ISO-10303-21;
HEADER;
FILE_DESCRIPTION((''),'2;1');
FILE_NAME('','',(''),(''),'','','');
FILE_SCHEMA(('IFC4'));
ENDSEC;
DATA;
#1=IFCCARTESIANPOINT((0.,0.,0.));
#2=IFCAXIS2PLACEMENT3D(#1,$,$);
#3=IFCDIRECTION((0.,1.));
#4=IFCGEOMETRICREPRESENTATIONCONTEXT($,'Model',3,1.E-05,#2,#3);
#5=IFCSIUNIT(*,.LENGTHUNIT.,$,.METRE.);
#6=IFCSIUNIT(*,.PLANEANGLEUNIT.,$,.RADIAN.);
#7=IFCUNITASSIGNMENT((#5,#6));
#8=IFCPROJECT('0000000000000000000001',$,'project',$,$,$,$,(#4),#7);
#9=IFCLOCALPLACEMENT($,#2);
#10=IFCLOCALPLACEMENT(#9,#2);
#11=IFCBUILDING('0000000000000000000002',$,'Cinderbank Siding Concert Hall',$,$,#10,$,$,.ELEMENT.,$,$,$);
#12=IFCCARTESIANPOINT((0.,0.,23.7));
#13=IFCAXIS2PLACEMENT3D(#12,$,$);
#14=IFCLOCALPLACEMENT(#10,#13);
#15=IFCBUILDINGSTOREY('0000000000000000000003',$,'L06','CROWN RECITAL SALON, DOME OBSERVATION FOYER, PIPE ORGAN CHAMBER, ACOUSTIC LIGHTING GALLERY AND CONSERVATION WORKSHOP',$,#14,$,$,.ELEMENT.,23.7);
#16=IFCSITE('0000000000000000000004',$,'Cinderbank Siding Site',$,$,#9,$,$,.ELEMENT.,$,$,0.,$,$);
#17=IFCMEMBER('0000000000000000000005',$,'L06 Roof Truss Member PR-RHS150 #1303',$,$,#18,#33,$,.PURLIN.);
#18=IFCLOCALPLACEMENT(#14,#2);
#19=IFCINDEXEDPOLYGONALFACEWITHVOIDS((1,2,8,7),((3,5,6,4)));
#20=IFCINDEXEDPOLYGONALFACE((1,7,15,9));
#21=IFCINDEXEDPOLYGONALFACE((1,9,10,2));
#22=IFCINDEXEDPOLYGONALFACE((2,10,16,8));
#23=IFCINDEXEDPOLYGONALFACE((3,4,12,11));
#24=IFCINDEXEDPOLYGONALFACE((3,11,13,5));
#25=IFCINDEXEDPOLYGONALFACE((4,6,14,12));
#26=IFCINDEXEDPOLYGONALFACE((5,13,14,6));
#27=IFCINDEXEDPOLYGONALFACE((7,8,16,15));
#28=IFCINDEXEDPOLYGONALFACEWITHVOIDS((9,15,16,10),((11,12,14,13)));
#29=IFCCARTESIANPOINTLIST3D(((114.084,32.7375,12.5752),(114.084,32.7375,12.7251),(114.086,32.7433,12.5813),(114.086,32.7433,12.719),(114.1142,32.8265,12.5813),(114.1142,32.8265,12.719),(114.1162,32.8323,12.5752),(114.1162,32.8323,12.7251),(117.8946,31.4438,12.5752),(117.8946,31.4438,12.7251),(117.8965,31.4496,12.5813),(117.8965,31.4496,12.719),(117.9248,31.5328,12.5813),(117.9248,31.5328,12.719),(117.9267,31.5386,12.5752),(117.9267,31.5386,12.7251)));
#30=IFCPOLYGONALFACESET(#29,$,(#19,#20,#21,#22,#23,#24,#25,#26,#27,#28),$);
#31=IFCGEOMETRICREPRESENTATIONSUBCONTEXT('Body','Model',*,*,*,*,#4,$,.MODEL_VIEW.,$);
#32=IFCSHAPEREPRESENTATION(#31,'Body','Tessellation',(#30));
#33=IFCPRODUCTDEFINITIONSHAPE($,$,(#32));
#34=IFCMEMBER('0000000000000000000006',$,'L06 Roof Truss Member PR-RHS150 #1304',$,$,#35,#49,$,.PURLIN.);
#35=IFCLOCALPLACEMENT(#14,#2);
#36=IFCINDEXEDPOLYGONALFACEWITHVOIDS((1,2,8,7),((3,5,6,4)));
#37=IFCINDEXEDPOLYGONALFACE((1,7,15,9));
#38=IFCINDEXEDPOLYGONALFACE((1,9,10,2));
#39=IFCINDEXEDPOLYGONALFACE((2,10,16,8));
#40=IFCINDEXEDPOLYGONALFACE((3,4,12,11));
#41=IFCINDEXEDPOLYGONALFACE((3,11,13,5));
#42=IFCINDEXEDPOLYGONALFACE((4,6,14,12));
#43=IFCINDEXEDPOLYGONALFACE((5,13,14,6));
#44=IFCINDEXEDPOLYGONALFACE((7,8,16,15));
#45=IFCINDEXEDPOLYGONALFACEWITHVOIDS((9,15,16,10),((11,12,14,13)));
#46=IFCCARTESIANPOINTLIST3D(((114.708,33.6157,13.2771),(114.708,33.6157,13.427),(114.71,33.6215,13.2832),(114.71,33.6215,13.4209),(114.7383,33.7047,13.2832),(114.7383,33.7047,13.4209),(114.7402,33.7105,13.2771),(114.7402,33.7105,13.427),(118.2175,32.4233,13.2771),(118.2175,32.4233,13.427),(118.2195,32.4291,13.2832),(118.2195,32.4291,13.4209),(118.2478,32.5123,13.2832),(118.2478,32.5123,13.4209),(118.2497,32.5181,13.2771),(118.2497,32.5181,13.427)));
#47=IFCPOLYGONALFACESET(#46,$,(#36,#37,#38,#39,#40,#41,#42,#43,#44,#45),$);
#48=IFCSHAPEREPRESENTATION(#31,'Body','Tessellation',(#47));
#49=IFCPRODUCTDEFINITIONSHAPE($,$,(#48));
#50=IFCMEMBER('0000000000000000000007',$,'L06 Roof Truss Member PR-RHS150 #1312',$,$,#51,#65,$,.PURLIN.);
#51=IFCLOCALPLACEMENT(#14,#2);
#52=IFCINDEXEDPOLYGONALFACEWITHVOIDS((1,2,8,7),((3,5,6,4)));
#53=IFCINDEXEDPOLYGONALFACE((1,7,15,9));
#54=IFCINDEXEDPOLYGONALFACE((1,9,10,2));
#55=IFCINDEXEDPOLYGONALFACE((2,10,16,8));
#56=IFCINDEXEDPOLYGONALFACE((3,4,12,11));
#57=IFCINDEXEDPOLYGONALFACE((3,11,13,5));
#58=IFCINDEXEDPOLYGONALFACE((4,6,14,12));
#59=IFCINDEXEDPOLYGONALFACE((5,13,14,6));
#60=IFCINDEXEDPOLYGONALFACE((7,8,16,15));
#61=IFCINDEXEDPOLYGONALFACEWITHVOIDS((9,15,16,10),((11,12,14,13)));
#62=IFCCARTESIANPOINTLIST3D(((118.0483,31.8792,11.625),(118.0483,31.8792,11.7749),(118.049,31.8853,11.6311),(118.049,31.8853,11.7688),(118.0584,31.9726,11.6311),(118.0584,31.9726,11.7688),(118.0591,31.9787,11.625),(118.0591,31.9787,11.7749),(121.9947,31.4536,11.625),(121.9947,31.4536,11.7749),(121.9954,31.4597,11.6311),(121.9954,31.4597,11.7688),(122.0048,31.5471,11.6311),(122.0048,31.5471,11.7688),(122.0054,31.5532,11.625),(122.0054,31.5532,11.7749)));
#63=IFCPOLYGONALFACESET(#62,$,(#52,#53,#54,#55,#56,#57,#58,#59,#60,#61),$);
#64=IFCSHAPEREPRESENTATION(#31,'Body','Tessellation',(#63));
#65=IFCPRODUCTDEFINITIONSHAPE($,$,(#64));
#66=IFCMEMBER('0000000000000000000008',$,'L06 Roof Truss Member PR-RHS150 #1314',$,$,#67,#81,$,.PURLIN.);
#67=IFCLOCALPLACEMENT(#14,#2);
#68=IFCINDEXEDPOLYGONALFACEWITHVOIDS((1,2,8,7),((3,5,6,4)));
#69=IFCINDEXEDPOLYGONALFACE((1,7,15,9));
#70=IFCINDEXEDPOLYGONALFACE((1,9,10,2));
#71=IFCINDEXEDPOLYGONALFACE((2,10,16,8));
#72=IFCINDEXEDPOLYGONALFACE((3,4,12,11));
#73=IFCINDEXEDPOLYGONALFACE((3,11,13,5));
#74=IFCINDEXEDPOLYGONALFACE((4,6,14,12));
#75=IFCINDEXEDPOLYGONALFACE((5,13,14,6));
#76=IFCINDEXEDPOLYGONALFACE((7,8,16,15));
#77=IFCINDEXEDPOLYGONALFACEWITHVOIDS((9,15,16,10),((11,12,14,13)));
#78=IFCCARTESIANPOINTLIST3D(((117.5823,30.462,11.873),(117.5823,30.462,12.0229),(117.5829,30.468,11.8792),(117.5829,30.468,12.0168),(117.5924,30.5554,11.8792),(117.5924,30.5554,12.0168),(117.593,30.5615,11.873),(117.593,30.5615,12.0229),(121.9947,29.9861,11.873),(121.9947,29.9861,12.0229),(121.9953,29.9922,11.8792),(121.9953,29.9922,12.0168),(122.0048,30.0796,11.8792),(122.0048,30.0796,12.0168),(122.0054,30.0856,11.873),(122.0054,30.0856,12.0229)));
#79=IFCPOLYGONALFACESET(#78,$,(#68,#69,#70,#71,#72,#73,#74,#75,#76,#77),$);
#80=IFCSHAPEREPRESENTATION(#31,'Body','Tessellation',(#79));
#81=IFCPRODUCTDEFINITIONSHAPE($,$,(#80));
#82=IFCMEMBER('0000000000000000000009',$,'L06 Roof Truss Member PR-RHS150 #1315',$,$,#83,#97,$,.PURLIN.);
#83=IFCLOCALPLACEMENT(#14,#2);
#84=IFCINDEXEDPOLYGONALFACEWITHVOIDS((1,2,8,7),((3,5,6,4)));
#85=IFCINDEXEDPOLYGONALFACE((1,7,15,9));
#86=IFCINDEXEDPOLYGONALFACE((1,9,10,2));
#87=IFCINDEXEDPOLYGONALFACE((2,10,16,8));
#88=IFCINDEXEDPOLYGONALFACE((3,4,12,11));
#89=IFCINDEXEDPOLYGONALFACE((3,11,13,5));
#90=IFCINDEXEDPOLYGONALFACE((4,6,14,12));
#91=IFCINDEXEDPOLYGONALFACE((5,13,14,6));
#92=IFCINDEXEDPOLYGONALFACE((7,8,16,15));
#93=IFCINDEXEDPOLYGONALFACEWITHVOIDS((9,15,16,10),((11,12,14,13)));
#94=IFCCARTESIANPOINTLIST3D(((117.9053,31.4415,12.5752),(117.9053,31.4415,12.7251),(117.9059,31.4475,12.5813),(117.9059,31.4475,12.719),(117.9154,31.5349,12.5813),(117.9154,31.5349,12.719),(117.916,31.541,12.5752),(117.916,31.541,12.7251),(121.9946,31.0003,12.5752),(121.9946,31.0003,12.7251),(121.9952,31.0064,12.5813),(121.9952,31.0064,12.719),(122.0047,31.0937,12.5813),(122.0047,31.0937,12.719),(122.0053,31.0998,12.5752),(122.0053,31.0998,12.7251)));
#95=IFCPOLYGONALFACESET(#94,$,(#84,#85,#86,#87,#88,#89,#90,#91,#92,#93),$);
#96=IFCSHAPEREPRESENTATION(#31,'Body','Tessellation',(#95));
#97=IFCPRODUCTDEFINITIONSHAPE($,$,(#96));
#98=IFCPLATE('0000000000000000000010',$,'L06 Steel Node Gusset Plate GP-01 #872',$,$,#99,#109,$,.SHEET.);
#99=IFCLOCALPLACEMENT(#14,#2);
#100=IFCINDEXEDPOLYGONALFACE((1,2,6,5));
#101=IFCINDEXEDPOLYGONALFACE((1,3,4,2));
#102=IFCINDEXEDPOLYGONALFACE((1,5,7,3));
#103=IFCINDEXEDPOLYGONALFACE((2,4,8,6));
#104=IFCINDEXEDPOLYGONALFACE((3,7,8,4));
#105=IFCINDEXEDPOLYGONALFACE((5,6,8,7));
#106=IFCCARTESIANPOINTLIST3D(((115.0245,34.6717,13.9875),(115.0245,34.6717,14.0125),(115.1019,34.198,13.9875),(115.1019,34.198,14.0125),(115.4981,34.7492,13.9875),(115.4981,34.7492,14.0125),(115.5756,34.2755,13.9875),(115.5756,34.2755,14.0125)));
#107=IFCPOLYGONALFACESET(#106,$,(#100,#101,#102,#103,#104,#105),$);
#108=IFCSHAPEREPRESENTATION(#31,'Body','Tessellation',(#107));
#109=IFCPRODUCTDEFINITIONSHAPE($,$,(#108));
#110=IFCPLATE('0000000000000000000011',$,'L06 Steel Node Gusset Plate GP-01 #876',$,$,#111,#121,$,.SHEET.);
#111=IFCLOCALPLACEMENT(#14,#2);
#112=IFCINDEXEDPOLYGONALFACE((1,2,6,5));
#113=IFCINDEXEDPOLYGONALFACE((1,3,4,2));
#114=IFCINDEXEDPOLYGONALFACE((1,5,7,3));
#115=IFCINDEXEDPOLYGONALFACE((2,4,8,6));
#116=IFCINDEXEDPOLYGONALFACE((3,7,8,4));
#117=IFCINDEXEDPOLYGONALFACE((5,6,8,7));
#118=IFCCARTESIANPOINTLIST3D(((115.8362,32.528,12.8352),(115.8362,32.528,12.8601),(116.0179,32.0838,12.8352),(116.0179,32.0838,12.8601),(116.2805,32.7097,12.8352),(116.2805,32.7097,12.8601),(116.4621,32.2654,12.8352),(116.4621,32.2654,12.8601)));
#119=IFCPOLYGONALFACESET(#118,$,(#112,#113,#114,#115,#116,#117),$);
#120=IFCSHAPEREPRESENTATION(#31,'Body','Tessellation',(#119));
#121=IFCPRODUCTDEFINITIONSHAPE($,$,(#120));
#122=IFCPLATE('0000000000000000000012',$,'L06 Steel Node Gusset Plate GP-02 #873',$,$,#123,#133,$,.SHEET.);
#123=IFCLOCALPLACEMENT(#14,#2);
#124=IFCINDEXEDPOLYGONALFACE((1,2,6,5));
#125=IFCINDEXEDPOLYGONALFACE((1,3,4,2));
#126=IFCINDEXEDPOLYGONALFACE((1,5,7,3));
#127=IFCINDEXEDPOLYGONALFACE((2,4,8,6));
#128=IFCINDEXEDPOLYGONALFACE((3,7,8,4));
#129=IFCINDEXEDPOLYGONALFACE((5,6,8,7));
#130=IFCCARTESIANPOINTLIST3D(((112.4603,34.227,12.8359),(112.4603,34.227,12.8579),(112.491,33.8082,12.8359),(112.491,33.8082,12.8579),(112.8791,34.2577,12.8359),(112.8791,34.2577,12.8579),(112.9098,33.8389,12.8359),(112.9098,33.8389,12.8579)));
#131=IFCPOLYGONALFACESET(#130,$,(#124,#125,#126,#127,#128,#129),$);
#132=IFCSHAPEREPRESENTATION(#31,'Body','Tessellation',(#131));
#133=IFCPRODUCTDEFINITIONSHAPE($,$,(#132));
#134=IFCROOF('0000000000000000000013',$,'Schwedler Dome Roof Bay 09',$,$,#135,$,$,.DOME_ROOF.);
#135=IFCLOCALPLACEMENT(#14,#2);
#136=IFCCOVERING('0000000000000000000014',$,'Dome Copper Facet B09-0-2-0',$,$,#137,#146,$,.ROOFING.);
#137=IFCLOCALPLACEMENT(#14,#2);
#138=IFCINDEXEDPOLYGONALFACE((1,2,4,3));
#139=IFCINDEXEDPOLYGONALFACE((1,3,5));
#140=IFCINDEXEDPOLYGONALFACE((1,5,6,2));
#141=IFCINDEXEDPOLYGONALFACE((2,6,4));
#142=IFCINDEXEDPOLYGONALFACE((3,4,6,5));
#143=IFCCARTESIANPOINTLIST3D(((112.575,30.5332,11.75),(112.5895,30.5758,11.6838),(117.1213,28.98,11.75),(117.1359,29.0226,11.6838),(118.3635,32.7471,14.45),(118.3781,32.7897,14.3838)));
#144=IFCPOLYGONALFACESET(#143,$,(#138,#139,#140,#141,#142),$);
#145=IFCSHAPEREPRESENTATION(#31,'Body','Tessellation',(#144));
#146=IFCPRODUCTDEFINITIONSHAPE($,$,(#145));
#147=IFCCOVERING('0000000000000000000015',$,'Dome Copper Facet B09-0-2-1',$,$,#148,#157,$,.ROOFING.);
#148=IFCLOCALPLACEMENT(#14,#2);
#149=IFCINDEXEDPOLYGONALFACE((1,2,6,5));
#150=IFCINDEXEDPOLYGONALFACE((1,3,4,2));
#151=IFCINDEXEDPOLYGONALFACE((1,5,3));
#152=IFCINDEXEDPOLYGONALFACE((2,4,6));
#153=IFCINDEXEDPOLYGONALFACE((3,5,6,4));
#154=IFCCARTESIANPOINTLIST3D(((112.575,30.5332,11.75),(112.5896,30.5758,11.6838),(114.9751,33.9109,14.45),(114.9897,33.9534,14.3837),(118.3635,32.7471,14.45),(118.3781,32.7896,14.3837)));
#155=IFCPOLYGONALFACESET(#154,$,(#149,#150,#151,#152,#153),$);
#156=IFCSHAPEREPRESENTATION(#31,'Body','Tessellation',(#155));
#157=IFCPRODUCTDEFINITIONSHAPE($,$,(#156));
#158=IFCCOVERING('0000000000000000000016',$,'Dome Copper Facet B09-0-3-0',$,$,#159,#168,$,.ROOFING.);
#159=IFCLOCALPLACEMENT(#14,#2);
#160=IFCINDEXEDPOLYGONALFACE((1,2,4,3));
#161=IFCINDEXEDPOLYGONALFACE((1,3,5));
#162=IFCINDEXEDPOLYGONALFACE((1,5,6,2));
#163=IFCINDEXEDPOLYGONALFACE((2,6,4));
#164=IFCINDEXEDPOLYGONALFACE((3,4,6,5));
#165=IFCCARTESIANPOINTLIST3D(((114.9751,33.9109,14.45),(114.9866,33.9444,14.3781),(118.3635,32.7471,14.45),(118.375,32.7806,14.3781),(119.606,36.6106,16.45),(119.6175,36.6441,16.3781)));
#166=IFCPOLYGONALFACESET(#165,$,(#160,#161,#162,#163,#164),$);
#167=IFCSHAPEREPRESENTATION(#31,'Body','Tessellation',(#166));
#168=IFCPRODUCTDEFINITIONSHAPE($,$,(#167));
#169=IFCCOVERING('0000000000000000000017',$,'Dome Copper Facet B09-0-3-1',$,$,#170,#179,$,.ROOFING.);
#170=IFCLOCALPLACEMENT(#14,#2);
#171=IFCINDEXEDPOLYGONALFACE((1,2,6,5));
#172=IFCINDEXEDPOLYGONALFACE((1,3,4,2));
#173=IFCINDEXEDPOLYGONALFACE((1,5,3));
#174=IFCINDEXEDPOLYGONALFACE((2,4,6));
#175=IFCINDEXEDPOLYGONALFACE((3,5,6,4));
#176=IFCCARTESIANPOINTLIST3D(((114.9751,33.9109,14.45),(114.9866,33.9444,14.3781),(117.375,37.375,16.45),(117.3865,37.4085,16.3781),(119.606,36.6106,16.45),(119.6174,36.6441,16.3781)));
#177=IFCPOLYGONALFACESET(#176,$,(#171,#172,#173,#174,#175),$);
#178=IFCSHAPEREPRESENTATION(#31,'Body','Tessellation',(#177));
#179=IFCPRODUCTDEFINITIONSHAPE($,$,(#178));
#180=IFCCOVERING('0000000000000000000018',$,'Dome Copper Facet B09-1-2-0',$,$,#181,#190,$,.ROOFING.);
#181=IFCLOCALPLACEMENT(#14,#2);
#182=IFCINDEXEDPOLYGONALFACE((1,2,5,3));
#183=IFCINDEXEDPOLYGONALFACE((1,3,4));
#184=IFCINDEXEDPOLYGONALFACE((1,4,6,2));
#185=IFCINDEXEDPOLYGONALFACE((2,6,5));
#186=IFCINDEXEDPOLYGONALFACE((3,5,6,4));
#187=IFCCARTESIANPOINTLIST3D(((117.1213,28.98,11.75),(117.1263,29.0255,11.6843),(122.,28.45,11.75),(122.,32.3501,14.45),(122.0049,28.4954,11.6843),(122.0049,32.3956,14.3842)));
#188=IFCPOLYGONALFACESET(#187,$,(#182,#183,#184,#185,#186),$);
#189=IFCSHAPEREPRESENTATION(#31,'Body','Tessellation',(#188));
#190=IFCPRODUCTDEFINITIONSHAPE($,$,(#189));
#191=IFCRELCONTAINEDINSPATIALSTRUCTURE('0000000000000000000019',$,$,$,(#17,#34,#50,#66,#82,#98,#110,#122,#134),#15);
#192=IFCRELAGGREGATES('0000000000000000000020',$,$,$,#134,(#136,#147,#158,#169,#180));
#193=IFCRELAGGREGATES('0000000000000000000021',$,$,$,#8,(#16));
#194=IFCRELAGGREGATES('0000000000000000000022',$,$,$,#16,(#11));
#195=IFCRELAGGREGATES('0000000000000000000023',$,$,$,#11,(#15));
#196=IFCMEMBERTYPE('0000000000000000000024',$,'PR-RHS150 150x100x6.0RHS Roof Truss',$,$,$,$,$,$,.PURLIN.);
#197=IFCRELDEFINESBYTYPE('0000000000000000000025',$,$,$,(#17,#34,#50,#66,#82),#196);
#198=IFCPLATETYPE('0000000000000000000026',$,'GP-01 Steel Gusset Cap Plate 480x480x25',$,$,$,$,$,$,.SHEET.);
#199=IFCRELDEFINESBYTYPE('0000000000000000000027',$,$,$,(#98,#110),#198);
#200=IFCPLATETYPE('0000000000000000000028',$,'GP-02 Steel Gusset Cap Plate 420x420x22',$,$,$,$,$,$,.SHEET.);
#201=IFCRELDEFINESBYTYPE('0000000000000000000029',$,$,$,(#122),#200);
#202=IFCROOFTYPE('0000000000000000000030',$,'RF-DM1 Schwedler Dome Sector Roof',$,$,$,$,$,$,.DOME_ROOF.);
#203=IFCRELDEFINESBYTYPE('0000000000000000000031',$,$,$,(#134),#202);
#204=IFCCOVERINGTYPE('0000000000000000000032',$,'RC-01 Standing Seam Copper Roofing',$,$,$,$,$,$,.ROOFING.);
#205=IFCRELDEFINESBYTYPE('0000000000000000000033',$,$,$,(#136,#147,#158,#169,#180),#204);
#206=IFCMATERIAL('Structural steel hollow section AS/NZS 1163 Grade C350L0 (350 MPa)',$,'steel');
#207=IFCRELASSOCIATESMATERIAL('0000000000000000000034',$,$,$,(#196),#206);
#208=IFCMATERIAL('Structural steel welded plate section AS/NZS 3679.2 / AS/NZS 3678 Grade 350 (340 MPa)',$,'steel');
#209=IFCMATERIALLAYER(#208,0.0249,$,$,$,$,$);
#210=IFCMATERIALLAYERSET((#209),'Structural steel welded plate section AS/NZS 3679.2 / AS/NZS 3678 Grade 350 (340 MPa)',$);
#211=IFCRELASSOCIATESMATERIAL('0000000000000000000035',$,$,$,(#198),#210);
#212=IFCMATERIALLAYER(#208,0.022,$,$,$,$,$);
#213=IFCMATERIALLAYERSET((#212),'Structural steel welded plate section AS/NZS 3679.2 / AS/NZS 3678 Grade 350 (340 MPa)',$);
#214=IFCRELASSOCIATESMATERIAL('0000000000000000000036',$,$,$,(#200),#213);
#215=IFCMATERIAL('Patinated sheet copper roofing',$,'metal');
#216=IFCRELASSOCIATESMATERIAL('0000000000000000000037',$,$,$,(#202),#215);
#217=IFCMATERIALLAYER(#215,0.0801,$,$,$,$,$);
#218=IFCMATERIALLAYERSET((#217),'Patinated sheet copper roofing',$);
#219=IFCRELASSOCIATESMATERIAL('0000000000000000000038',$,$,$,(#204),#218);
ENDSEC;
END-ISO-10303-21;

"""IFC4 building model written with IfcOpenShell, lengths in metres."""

from ifc_helpers import new_model, si_unit, direction, frame, origin, origin_2d, place, context, subcontext, project, spatial, polyline, rectangle, hollow_rectangle, outline, extrude, material, layer, layer_set, material_profile, profile_set, type_object, element, aggregate, save


model = new_model("IFC4")

# Units and contexts
model_context = context("Model", 3, precision=1e-05, world=origin(), true_north=direction((0.0, 1.0)))
body_context = subcontext(model_context, "Body", "Model", "MODEL_VIEW")
ifc_project = project(units=[si_unit("LENGTHUNIT", "METRE"), si_unit("PLANEANGLEUNIT", "RADIAN")], contexts=[model_context])

# Site, building, storey
site_placement = place(None, origin())
site = spatial("IfcSite", under=ifc_project, at=site_placement, Name="Cinderbank Siding Site", CompositionType="ELEMENT", RefElevation=0.0)
building_placement = place(site_placement, origin())
building = spatial("IfcBuilding", under=site, at=building_placement, Name="Cinderbank Siding Concert Hall", CompositionType="ELEMENT")
storey_placement = place(building_placement, frame((0.0, 0.0, 23.7)))
storey = spatial("IfcBuildingStorey", under=building, at=storey_placement, Name="L06", Description="CROWN RECITAL SALON, DOME OBSERVATION FOYER, PIPE ORGAN CHAMBER, ACOUSTIC LIGHTING GALLERY AND CONSERVATION WORKSHOP", CompositionType="ELEMENT", Elevation=23.7)

# Members
ifc_material_1 = material(Name="Structural steel hollow section AS/NZS 1163 Grade C350L0 (350 MPa)", Category="steel")
ifc_material_profile_1 = material_profile(ifc_material_1, hollow_rectangle(XDim=0.1001, YDim=0.1499, WallThickness=0.0061, at=origin_2d()), Name="150x100x6.0RHS", Category="LoadBearing")
ifc_profile_set_1 = profile_set([ifc_material_profile_1], Name="Structural steel hollow section AS/NZS 1163 Grade C350L0 (350 MPa)")
member_type_1 = type_object("IfcMemberType", Name="PR-RHS150 150x100x6.0RHS Roof Truss", PredefinedType="PURLIN", material=ifc_profile_set_1)
member_1_placement = place(storey_placement, frame((114.1001, 32.7849, 12.6501), z_axis=(0.946915, -0.321483, 0.0), x_axis=(0.321483, 0.946915, 0.0)))
element("IfcMember", 1, at=member_1_placement, inside=storey, type_object=member_type_1, Name="L06 Roof Truss Member PR-RHS150 #1303", PredefinedType="PURLIN", context=body_context, shape_type="SweptSolid", body=[
    extrude(hollow_rectangle(XDim=0.1001, YDim=0.1499, WallThickness=0.0061, at=origin_2d()), origin(), (0.0, 0.0, 1.0), 4.0242),
])
member_2_placement = place(storey_placement, frame((114.7241, 33.6631, 13.3521), z_axis=(0.946843, -0.321696, 0.0), x_axis=(0.321696, 0.946843, 0.0)))
element("IfcMember", 2, at=member_2_placement, inside=storey, type_object=member_type_1, Name="L06 Roof Truss Member PR-RHS150 #1304", PredefinedType="PURLIN", context=body_context, shape_type="SweptSolid", body=[
    extrude(hollow_rectangle(XDim=0.1001, YDim=0.1499, WallThickness=0.0061, at=origin_2d()), origin(), (0.0, 0.0, 1.0), 3.7065),
])
member_3_placement = place(storey_placement, frame((118.0537, 31.929, 11.7), z_axis=(0.994236, -0.107211, 0.0), x_axis=(0.107211, 0.994236, 0.0)))
element("IfcMember", 3, at=member_3_placement, inside=storey, type_object=member_type_1, Name="L06 Roof Truss Member PR-RHS150 #1312", PredefinedType="PURLIN", context=body_context, shape_type="SweptSolid", body=[
    extrude(hollow_rectangle(XDim=0.1001, YDim=0.1499, WallThickness=0.0061, at=origin_2d()), origin(), (0.0, 0.0, 1.0), 3.9692),
])
member_4_placement = place(storey_placement, frame((117.5876, 30.5117, 11.948), z_axis=(0.994235, -0.107219, 0.0), x_axis=(0.107219, 0.994235, 0.0)))
element("IfcMember", 4, at=member_4_placement, inside=storey, type_object=member_type_1, Name="L06 Roof Truss Member PR-RHS150 #1314", PredefinedType="PURLIN", context=body_context, shape_type="SweptSolid", body=[
    extrude(hollow_rectangle(XDim=0.1001, YDim=0.1499, WallThickness=0.0061, at=origin_2d()), origin(), (0.0, 0.0, 1.0), 4.438),
])
member_5_placement = place(storey_placement, frame((117.9106, 31.4912, 12.6501), z_axis=(0.994231, -0.107258, 0.0), x_axis=(0.107258, 0.994231, 0.0)))
element("IfcMember", 5, at=member_5_placement, inside=storey, type_object=member_type_1, Name="L06 Roof Truss Member PR-RHS150 #1315", PredefinedType="PURLIN", context=body_context, shape_type="SweptSolid", body=[
    extrude(hollow_rectangle(XDim=0.1001, YDim=0.1499, WallThickness=0.0061, at=origin_2d()), origin(), (0.0, 0.0, 1.0), 4.113),
])

# Plates
ifc_material_2 = material(Name="Structural steel welded plate section AS/NZS 3679.2 / AS/NZS 3678 Grade 350 (340 MPa)", Category="steel")
ifc_layer_1 = layer(ifc_material_2, 0.0249)
ifc_layer_set_1 = layer_set([ifc_layer_1], Name="Structural steel welded plate section AS/NZS 3679.2 / AS/NZS 3678 Grade 350 (340 MPa)")
plate_type_1 = type_object("IfcPlateType", Name="GP-01 Steel Gusset Cap Plate 480x480x25", PredefinedType="SHEET", material=ifc_layer_set_1)
for number, where, z_axis, x_axis, name in (
    (6, (115.3, 34.4736, 13.9875), (0.0, 0.0, 1.0), (0.986884, 0.161432, 0.0), "L06 Steel Node Gusset Plate GP-01 #872"),
    (7, (116.1492, 32.3967, 12.8352), (0.0, 0.0, 1.0), (-0.378487, 0.925607, 0.0), "L06 Steel Node Gusset Plate GP-01 #876"),
):
    element("IfcPlate", number, at=place(storey_placement, frame(where, z_axis=z_axis, x_axis=x_axis)), inside=storey, type_object=plate_type_1, Name=name, PredefinedType="SHEET", context=body_context, shape_type="SweptSolid", body=[
        extrude(rectangle(XDim=0.48, YDim=0.48, at=origin_2d()), origin(), (0.0, 0.0, 1.0), 0.0249),
    ])
ifc_layer_2 = layer(ifc_material_2, 0.022)
ifc_layer_set_2 = layer_set([ifc_layer_2], Name="Structural steel welded plate section AS/NZS 3679.2 / AS/NZS 3678 Grade 350 (340 MPa)")
plate_type_2 = type_object("IfcPlateType", Name="GP-02 Steel Gusset Cap Plate 420x420x22", PredefinedType="SHEET", material=ifc_layer_set_2)
plate_placement = place(storey_placement, frame((112.6851, 34.033, 12.8359), z_axis=(0.0, 0.0, 1.0), x_axis=(-0.073064, 0.997327, 0.0)))
element("IfcPlate", 8, at=plate_placement, inside=storey, type_object=plate_type_2, Name="L06 Steel Node Gusset Plate GP-02 #873", PredefinedType="SHEET", context=body_context, shape_type="SweptSolid", body=[
    extrude(rectangle(XDim=0.4199, YDim=0.4199, at=origin_2d()), origin(), (0.0, 0.0, 1.0), 0.022),
])

# Roof, coverings
ifc_material_3 = material(Name="Patinated sheet copper roofing", Category="metal")
roof_type = type_object("IfcRoofType", Name="RF-DM1 Schwedler Dome Sector Roof", PredefinedType="DOME_ROOF", material=ifc_material_3)
roof_placement = place(storey_placement, origin())
roof = element("IfcRoof", 9, at=roof_placement, inside=storey, type_object=roof_type, Name="Schwedler Dome Roof Bay 09", PredefinedType="DOME_ROOF")
ifc_layer_3 = layer(ifc_material_3, 0.0801)
ifc_layer_set_3 = layer_set([ifc_layer_3], Name="Patinated sheet copper roofing")
covering_type = type_object("IfcCoveringType", Name="RC-01 Standing Seam Copper Roofing", PredefinedType="ROOFING", material=ifc_layer_set_3)
covering_1_placement = place(storey_placement, frame((112.575, 30.5332, 11.75), z_axis=(-0.18192, -0.532492, 0.826654), x_axis=(0.946299, -0.323293, 0.0)))
covering_1 = element("IfcCovering", 10, at=covering_1_placement, type_object=covering_type, Name="Dome Copper Facet B09-0-2-0", PredefinedType="ROOFING", context=body_context, shape_type="SweptSolid", body=[
    extrude(outline(polyline([(0.0, 0.0), (4.8044, 0.0), (4.762, 4.7981), (0.0, 0.0)])), origin(), (0.0, 0.0, -1.0), 0.0801),
])
covering_2_placement = place(storey_placement, frame((112.575, 30.5332, 11.75), z_axis=(-0.182547, -0.53148, 0.827167), x_axis=(0.856289, 0.327492, 0.399397)))
covering_2 = element("IfcCovering", 11, at=covering_2_placement, type_object=covering_type, Name="Dome Copper Facet B09-0-2-1", PredefinedType="ROOFING", context=body_context, shape_type="SweptSolid", body=[
    extrude(outline(polyline([(0.0, 0.0), (6.7601, 0.0), (4.2397, 2.5463), (0.0, 0.0)])), origin(), (0.0, 0.0, -1.0), 0.0801),
])
covering_3_placement = place(storey_placement, frame((114.9751, 33.9109, 14.45), z_axis=(-0.143617, -0.418137, 0.896959), x_axis=(0.945768, -0.324842, 0.0)))
covering_3 = element("IfcCovering", 12, at=covering_3_placement, type_object=covering_type, Name="Dome Copper Facet B09-0-3-0", PredefinedType="ROOFING", context=body_context, shape_type="SweptSolid", body=[
    extrude(outline(polyline([(0.0, 0.0), (3.5827, 0.0), (3.5027, 4.5237), (0.0, 0.0)])), origin(), (0.0, 0.0, -1.0), 0.0801),
])
covering_4_placement = place(storey_placement, frame((114.9751, 33.9109, 14.45), z_axis=(-0.143379, -0.418461, 0.896846), x_axis=(0.809407, 0.471869, 0.349571)))
covering_4 = element("IfcCovering", 13, at=covering_4_placement, type_object=covering_type, Name="Dome Copper Facet B09-0-3-1", PredefinedType="ROOFING", context=body_context, shape_type="SweptSolid", body=[
    extrude(outline(polyline([(0.0, 0.0), (5.7213, 0.0), (4.2762, 1.8637), (0.0, 0.0)])), origin(), (0.0, 0.0, -1.0), 0.0801),
])
covering_5_placement = place(storey_placement, frame((117.1213, 28.98, 11.75), z_axis=(-0.06172, -0.568103, 0.820639), x_axis=(0.99415, -0.108007, 0.0)))
covering_5 = element("IfcCovering", 14, at=covering_5_placement, type_object=covering_type, Name="Dome Copper Facet B09-1-2-0", PredefinedType="ROOFING", context=body_context, shape_type="SweptSolid", body=[
    extrude(outline(polyline([(0.0, 0.0), (4.9074, 0.0), (4.4861, 4.7248), (0.0, 0.0)])), origin(), (0.0, 0.0, -1.0), 0.0801),
])
aggregate(roof, [covering_1, covering_2, covering_3, covering_4, covering_5])

save(model, "model.ifc")
